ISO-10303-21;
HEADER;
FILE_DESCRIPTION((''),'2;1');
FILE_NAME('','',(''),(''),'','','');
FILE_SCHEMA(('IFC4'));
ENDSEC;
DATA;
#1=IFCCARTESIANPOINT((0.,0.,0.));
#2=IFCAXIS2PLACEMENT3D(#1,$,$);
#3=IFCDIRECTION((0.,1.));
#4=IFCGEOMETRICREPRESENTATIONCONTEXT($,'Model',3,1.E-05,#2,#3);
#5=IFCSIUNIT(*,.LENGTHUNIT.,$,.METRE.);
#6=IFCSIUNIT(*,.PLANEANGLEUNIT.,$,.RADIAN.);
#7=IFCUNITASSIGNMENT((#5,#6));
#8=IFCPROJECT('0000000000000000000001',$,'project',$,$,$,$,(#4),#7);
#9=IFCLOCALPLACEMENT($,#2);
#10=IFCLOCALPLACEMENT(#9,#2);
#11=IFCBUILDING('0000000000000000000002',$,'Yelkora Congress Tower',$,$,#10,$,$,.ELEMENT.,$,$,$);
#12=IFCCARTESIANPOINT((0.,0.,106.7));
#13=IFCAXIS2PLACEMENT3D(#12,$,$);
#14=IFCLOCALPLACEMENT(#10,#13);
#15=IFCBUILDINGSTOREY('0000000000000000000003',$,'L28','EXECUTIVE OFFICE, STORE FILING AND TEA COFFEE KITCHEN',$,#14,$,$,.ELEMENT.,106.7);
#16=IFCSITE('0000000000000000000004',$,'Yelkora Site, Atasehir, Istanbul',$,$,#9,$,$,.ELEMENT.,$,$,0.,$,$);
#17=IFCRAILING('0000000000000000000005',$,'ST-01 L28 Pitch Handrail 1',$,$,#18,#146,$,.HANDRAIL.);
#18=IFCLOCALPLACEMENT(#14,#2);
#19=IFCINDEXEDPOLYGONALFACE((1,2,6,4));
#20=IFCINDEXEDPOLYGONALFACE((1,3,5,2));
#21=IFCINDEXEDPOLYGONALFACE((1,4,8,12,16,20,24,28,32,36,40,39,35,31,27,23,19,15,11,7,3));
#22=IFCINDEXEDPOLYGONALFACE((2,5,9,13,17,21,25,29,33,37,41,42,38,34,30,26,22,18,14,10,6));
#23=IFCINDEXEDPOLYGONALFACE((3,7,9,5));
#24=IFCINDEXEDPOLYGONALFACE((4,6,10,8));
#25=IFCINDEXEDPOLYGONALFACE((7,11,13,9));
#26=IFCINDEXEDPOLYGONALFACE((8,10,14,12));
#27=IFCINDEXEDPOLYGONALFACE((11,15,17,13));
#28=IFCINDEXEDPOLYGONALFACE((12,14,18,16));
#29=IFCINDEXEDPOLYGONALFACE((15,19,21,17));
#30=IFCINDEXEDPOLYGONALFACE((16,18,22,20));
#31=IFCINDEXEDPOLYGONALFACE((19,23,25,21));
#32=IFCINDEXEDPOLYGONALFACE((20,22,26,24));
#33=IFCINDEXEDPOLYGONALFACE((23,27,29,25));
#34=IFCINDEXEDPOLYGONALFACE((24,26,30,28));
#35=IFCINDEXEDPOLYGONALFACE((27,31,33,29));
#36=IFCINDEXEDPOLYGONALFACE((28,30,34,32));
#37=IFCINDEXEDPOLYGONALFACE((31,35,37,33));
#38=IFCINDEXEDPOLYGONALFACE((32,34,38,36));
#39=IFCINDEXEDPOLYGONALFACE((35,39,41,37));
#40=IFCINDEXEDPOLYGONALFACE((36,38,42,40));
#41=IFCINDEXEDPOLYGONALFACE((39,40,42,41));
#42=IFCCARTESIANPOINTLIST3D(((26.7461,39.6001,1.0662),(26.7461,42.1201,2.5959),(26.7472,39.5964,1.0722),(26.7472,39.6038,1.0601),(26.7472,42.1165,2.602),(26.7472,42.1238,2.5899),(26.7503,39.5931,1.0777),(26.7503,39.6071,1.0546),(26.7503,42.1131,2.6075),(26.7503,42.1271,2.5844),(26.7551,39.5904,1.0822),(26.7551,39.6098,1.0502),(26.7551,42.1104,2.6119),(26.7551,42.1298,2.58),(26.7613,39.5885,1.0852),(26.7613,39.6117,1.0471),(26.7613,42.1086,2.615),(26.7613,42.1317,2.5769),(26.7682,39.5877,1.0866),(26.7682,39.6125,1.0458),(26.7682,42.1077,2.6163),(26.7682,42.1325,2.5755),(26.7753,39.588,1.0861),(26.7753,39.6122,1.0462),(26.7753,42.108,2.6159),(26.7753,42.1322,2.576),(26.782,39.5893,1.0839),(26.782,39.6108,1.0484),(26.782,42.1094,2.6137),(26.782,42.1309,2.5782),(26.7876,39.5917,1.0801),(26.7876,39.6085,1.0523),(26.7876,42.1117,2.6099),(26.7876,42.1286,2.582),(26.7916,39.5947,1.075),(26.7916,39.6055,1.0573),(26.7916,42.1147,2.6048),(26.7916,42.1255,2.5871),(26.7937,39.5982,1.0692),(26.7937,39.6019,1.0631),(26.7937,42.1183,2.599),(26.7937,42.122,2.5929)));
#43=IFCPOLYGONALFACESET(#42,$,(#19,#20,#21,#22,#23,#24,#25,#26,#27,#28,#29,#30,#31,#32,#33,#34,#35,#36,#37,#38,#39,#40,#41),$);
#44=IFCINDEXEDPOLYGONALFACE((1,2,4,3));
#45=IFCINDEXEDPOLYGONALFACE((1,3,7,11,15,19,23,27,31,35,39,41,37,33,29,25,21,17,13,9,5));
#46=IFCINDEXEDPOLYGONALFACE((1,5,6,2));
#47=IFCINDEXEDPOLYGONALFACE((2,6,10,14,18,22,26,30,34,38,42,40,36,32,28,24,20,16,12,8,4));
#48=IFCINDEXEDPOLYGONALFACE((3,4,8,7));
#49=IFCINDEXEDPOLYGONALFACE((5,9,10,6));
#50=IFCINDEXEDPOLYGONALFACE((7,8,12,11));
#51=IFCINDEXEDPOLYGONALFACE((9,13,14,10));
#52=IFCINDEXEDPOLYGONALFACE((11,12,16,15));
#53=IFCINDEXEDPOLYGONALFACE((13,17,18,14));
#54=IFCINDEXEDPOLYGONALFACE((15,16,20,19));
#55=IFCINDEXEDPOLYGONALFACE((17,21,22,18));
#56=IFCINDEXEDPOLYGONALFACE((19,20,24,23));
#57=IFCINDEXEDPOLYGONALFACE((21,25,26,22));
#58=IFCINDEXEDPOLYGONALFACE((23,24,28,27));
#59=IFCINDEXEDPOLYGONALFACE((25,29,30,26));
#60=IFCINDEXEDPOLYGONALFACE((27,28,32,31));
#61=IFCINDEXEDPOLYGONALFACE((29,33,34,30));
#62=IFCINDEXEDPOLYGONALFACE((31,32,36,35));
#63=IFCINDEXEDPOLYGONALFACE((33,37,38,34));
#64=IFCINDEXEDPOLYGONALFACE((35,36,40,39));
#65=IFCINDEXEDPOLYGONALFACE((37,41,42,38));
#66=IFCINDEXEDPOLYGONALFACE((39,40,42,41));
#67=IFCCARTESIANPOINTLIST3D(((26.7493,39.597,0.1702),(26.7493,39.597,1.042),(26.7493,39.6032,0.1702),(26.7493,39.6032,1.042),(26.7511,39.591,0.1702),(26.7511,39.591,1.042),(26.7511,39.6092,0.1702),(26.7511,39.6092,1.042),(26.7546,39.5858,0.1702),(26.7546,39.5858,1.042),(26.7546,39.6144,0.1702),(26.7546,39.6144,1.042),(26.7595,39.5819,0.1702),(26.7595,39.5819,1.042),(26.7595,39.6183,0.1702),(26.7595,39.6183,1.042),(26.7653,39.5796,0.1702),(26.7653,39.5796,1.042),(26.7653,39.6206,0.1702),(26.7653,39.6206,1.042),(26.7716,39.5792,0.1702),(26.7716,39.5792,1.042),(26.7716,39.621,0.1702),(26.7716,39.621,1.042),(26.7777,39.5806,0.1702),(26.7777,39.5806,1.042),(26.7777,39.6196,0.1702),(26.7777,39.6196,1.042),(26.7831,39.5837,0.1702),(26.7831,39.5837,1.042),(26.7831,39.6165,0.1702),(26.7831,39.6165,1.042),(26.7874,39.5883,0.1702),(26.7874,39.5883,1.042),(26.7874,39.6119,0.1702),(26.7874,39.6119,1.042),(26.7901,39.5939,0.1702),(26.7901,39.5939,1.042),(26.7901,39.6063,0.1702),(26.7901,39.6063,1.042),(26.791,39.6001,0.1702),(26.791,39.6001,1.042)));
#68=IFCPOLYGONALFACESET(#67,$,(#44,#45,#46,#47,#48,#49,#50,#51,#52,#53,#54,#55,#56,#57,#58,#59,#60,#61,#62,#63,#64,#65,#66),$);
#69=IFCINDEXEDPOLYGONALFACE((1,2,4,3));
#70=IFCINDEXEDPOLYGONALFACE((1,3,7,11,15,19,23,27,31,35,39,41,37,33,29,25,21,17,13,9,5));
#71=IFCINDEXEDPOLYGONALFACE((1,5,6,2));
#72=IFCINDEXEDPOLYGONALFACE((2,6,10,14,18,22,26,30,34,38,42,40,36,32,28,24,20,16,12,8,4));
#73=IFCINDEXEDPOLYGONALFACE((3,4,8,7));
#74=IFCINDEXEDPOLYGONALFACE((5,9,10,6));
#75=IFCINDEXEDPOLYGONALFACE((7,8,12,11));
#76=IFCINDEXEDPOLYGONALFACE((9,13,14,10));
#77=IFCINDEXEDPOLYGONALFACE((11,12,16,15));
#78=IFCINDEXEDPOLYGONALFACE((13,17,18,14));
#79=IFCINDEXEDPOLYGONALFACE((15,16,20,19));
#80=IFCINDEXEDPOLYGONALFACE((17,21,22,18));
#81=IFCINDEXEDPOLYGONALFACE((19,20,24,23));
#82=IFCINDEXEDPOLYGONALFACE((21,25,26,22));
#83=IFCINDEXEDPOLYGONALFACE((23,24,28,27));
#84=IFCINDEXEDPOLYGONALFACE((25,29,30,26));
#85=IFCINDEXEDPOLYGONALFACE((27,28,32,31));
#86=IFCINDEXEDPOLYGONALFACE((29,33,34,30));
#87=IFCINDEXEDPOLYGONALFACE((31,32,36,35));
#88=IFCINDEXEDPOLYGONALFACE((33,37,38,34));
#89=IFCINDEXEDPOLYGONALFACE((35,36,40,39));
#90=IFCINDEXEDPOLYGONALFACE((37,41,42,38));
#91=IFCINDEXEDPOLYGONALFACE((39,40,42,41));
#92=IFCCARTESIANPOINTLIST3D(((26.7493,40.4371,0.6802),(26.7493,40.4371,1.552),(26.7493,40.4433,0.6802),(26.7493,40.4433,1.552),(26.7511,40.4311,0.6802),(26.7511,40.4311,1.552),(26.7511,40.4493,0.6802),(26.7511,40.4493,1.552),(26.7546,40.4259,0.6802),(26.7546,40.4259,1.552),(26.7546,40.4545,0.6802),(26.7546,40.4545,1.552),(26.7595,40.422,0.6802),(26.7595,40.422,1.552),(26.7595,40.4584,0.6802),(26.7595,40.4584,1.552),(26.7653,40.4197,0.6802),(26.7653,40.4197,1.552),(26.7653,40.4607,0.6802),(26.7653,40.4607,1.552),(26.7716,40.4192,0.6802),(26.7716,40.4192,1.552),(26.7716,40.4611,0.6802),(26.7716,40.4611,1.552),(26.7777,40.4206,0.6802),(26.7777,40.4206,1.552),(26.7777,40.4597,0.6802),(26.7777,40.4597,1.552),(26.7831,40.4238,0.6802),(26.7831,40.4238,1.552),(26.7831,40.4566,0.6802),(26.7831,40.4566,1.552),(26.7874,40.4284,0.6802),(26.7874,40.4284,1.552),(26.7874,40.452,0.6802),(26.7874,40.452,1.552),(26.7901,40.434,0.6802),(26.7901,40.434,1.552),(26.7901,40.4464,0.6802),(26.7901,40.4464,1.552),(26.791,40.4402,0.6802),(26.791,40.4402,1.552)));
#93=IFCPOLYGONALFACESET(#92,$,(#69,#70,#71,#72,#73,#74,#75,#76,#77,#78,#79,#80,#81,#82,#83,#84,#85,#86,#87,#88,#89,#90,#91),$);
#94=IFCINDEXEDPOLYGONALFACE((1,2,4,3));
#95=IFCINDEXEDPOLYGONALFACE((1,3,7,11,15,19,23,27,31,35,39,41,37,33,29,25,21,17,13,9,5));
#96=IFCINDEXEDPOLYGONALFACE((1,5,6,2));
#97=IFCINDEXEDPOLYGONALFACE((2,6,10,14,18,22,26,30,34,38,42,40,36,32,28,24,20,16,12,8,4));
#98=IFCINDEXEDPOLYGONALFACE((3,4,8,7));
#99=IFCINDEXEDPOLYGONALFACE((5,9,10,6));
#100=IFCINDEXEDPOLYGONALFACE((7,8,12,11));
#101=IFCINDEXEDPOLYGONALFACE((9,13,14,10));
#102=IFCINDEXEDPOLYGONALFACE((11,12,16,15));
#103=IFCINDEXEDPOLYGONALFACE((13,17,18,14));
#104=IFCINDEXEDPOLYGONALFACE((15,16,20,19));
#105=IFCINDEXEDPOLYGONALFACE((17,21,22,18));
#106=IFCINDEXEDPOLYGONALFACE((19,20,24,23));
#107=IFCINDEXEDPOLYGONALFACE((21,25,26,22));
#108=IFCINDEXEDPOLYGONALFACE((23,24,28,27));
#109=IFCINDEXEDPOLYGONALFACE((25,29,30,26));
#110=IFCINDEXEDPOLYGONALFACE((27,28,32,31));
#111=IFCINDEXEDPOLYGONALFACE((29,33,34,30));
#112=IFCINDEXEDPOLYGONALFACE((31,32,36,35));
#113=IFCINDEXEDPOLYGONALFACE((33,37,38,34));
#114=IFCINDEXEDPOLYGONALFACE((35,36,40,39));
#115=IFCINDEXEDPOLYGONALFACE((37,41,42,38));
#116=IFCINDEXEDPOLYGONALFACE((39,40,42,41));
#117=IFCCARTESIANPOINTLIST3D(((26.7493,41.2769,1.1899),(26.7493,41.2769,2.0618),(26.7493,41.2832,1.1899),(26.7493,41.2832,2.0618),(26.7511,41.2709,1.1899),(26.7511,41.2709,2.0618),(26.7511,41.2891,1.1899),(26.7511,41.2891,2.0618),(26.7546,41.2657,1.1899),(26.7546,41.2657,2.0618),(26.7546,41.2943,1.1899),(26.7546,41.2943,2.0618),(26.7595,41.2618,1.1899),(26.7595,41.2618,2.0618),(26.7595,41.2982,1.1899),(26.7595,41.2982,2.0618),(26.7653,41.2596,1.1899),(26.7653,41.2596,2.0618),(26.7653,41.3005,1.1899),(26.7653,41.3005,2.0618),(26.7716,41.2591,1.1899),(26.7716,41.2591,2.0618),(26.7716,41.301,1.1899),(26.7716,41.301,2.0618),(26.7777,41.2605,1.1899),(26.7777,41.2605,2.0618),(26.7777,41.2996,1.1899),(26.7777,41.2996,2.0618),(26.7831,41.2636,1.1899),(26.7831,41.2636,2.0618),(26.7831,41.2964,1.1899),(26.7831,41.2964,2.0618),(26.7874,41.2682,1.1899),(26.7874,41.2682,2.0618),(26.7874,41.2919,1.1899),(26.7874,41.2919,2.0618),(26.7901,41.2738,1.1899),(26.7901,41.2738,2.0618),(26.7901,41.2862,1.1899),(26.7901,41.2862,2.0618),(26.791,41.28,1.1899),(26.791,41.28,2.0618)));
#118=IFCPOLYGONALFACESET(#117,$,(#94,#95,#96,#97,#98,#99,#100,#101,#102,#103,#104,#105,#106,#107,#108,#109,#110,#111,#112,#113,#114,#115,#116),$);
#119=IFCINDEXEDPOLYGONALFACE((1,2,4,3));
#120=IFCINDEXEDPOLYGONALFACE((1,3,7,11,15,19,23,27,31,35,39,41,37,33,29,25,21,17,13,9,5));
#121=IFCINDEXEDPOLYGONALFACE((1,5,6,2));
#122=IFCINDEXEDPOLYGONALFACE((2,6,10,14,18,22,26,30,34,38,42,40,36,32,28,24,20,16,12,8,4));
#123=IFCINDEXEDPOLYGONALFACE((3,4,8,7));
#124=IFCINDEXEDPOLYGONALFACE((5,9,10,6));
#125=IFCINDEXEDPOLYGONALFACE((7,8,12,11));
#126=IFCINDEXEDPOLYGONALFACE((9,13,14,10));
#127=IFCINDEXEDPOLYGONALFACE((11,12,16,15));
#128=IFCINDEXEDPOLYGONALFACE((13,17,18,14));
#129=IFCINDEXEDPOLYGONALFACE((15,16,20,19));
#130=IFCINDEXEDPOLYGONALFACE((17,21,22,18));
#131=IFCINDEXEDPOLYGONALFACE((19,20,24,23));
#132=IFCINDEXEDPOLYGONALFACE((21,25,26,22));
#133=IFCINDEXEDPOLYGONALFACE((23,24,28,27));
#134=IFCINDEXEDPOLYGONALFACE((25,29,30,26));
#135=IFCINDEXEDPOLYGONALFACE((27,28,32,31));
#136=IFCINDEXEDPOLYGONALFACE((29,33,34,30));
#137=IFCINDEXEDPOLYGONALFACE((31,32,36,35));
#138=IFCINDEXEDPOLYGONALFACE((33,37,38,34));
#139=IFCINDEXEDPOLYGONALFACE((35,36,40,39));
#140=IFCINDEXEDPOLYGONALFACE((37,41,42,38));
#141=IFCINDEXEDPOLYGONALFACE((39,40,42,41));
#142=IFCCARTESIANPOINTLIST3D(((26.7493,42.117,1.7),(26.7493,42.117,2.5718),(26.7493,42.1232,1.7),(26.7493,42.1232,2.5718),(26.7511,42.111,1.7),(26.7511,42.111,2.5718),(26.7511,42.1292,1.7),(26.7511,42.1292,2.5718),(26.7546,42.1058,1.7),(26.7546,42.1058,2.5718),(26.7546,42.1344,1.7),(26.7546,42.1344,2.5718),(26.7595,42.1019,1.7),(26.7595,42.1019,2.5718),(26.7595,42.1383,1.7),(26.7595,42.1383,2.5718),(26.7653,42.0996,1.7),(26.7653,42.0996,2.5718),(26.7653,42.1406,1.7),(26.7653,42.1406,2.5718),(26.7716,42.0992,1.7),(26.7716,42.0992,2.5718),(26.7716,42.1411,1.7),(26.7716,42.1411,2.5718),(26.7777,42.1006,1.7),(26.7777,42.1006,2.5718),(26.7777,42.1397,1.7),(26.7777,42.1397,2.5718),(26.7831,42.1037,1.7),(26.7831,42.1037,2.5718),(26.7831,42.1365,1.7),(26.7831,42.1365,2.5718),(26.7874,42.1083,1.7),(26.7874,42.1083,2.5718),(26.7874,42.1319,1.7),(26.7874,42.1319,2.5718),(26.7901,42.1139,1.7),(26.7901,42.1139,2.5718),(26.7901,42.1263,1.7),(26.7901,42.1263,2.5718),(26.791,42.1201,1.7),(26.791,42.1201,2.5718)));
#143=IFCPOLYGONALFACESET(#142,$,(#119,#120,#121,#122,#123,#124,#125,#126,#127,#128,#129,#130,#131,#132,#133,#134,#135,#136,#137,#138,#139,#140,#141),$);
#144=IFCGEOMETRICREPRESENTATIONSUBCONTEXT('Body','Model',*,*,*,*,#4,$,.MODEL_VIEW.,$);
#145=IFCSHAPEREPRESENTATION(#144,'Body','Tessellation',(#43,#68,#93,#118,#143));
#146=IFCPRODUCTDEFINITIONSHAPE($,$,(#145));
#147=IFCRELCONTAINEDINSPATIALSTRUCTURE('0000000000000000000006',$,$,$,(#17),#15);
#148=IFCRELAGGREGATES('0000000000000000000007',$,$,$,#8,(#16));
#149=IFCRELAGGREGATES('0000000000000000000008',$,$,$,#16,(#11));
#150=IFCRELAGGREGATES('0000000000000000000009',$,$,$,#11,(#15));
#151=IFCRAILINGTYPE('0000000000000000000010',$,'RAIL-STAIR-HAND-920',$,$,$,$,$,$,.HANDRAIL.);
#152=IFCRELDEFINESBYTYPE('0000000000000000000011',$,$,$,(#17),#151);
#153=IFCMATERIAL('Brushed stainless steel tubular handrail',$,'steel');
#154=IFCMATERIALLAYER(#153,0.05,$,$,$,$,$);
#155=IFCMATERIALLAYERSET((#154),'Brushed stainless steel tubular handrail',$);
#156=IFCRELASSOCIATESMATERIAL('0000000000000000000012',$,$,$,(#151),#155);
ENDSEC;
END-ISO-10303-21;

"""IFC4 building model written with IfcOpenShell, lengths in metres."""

from ifc_helpers import new_model, si_unit, direction, frame, origin, origin_2d, place, context, subcontext, project, spatial, circle, extrude, material, layer, layer_set, type_object, element, save


model = new_model("IFC4")

# Units and contexts
model_context = context("Model", 3, precision=1e-05, world=origin(), true_north=direction((0.0, 1.0)))
body_context = subcontext(model_context, "Body", "Model", "MODEL_VIEW")
ifc_project = project(units=[si_unit("LENGTHUNIT", "METRE"), si_unit("PLANEANGLEUNIT", "RADIAN")], contexts=[model_context])

# Site, building, storey
site_placement = place(None, origin())
site = spatial("IfcSite", under=ifc_project, at=site_placement, Name="Yelkora Site, Atasehir, Istanbul", CompositionType="ELEMENT", RefElevation=0.0)
building_placement = place(site_placement, origin())
building = spatial("IfcBuilding", under=site, at=building_placement, Name="Yelkora Congress Tower", CompositionType="ELEMENT")
storey_placement = place(building_placement, frame((0.0, 0.0, 106.7)))
storey = spatial("IfcBuildingStorey", under=building, at=storey_placement, Name="L28", Description="EXECUTIVE OFFICE, STORE FILING AND TEA COFFEE KITCHEN", CompositionType="ELEMENT", Elevation=106.7)

# Railing
ifc_material_1 = material(Name="Brushed stainless steel tubular handrail", Category="steel")
ifc_layer_1 = layer(ifc_material_1, 0.05)
ifc_layer_set_1 = layer_set([ifc_layer_1], Name="Brushed stainless steel tubular handrail")
railing_type_1 = type_object("IfcRailingType", Name="RAIL-STAIR-HAND-920", PredefinedType="HANDRAIL", material=ifc_layer_set_1)
railing_1_placement = place(storey_placement, frame((26.77, 39.6001, 0.1702)))
element("IfcRailing", 1, at=railing_1_placement, inside=storey, type_object=railing_type_1, Name="ST-01 L28 Pitch Handrail 1", PredefinedType="HANDRAIL", context=body_context, shape_type="SweptSolid", body=[
    extrude(circle(Radius=0.0239, at=origin_2d()), frame((0.0, 0.0, 0.896), z_axis=(0.0, 0.854822, 0.518922), x_axis=(-1.0, 0.0, 0.0)), (0.0, 0.0, 1.0), 2.948),
    extrude(circle(Radius=0.021, at=origin_2d()), origin(), (0.0, 0.0, 1.0), 0.8718),
    extrude(circle(Radius=0.021, at=origin_2d()), frame((0.0, 0.8401, 0.51)), (0.0, 0.0, 1.0), 0.8718),
    extrude(circle(Radius=0.021, at=origin_2d()), frame((0.0, 1.6799, 1.0198)), (0.0, 0.0, 1.0), 0.8718),
    extrude(circle(Radius=0.021, at=origin_2d()), frame((0.0, 2.52, 1.5298)), (0.0, 0.0, 1.0), 0.8718),
])

save(model, "model.ifc")
